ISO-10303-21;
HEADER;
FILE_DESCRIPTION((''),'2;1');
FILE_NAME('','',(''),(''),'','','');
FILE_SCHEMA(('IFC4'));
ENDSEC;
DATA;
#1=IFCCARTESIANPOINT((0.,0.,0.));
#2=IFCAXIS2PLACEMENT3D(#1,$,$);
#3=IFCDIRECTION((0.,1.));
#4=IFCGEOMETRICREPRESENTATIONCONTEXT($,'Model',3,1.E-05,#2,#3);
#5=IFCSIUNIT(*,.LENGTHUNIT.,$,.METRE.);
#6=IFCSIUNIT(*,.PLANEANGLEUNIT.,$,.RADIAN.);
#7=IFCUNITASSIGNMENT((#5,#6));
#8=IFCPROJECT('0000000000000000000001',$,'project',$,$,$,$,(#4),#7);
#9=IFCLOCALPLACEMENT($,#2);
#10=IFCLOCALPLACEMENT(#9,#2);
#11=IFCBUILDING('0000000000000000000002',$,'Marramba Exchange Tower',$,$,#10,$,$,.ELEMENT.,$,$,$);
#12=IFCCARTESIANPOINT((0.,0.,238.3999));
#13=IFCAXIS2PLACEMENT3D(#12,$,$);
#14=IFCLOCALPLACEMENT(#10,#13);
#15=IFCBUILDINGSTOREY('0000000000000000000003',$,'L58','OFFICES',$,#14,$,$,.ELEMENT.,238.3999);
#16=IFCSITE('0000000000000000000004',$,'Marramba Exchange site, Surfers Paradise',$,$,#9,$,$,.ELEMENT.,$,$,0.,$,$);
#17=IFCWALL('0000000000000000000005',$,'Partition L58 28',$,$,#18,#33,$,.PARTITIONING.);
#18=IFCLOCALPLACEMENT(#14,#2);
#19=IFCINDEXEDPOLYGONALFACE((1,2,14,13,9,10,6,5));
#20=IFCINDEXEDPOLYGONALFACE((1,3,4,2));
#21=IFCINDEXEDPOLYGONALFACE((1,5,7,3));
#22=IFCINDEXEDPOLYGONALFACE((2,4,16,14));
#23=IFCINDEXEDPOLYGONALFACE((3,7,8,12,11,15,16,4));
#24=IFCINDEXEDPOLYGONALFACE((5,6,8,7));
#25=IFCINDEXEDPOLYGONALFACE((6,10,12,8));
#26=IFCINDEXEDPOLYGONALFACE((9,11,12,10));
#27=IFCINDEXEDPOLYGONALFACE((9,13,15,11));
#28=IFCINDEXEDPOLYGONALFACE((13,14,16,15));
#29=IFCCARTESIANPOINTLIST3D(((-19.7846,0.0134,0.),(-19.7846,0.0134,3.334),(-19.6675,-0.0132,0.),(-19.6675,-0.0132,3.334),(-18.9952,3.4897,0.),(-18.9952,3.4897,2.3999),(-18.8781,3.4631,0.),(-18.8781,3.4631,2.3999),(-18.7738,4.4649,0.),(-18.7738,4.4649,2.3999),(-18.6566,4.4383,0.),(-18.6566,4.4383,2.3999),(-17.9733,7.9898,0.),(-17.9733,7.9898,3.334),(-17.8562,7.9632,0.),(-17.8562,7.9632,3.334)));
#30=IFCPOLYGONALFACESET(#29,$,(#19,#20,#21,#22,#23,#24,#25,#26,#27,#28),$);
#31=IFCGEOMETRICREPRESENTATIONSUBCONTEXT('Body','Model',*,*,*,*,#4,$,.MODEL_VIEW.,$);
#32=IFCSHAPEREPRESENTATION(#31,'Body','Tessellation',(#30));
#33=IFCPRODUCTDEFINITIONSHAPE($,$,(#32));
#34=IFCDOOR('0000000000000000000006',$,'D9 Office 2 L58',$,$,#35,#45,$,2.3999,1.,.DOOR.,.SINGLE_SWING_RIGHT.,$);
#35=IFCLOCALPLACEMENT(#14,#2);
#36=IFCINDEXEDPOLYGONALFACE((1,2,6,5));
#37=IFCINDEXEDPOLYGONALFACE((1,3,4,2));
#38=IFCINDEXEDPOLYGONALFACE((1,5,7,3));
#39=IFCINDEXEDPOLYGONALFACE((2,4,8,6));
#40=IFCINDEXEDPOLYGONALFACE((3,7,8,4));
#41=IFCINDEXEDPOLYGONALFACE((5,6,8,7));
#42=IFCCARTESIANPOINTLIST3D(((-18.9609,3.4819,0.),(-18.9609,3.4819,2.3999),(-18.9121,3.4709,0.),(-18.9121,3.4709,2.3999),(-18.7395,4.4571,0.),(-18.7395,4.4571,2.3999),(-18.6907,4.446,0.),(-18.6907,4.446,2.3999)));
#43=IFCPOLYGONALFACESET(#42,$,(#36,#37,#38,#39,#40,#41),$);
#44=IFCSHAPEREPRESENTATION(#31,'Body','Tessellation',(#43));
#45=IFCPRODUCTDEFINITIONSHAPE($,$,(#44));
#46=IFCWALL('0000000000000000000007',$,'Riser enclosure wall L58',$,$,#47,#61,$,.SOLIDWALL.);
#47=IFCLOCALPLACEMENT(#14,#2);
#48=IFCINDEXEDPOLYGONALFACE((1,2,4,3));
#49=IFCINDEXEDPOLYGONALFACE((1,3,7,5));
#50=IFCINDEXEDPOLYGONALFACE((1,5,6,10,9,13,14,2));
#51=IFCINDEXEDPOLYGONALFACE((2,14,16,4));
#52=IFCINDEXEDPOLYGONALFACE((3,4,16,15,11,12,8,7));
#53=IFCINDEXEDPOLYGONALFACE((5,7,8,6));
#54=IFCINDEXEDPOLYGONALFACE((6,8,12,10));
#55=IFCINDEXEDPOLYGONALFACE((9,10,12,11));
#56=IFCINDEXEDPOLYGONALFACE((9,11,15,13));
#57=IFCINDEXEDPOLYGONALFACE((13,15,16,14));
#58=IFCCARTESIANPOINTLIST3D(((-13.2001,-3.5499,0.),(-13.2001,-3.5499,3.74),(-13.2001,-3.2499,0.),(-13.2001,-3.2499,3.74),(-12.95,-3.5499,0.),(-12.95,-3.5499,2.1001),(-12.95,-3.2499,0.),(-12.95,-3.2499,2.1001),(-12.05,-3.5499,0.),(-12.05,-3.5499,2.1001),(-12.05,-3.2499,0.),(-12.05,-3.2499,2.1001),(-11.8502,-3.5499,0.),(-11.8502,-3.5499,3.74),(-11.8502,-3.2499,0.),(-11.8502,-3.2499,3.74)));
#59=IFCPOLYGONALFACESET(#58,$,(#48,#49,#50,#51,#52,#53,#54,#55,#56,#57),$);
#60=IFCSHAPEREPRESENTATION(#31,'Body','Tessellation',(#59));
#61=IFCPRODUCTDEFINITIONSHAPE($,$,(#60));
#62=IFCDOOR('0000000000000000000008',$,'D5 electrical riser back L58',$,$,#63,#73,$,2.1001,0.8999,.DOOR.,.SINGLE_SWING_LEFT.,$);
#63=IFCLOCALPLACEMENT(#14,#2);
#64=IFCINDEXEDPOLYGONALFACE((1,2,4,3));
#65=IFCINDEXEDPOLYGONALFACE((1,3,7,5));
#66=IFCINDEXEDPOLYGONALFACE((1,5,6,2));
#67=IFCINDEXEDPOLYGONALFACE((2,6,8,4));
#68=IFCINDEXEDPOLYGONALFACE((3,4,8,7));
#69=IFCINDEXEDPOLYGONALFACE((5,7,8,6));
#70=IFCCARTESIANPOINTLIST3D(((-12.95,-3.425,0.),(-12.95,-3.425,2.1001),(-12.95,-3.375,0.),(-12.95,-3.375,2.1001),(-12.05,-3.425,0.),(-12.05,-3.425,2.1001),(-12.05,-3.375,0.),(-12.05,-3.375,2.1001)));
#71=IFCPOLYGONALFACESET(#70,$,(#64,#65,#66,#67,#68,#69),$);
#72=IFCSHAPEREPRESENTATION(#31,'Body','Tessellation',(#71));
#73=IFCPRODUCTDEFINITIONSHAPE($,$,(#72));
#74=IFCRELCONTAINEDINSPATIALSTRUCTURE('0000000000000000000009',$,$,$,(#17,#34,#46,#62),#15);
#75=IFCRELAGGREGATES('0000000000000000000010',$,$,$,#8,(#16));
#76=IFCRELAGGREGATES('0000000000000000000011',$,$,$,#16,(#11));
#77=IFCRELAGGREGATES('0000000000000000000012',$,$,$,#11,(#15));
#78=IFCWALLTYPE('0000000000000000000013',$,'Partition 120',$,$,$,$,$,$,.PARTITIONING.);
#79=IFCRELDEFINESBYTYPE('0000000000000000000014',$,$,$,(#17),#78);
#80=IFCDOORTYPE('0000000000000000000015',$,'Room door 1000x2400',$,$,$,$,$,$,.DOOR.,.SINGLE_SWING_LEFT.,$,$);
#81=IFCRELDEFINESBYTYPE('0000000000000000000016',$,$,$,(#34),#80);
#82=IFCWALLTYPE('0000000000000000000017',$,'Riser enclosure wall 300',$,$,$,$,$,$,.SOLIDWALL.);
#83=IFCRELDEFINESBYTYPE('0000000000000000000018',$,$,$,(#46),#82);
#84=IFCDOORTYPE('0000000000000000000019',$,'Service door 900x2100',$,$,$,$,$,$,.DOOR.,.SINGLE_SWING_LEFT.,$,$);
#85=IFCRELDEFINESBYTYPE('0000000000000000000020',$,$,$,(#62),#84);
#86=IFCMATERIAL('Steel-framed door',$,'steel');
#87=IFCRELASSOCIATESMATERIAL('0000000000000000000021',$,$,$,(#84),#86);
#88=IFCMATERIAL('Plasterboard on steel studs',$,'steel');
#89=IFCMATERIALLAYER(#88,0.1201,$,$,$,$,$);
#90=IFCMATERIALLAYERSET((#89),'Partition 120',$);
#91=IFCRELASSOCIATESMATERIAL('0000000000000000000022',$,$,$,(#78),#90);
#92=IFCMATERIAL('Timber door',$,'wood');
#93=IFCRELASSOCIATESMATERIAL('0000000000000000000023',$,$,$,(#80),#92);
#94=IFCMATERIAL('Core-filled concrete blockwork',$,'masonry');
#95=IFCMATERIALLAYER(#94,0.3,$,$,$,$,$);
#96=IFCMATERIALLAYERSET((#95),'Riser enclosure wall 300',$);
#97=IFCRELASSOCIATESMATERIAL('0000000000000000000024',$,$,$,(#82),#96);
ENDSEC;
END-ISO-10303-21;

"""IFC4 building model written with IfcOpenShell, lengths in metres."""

from ifc_helpers import new_model, si_unit, direction, frame, frame_2d, origin, place, context, subcontext, project, spatial, rectangle, extrude, material, layer, layer_set, type_object, element, fill, save


model = new_model("IFC4")

# Units and contexts
model_context = context("Model", 3, precision=1e-05, world=origin(), true_north=direction((0.0, 1.0)))
body_context = subcontext(model_context, "Body", "Model", "MODEL_VIEW")
ifc_project = project(units=[si_unit("LENGTHUNIT", "METRE"), si_unit("PLANEANGLEUNIT", "RADIAN")], contexts=[model_context])

# Site, building, storey
site_placement = place(None, origin())
site = spatial("IfcSite", under=ifc_project, at=site_placement, Name="Marramba Exchange site, Surfers Paradise", CompositionType="ELEMENT", RefElevation=0.0)
building_placement = place(site_placement, origin())
building = spatial("IfcBuilding", under=site, at=building_placement, Name="Marramba Exchange Tower", CompositionType="ELEMENT")
storey_placement = place(building_placement, frame((0.0, 0.0, 238.3999)))
storey = spatial("IfcBuildingStorey", under=building, at=storey_placement, Name="L58", Description="OFFICES", CompositionType="ELEMENT", Elevation=238.3999)

# Shared definitions
ifc_material_1 = material(Name="Steel-framed door", Category="steel")
door_type_1 = type_object("IfcDoorType", Name="Service door 900x2100", OperationType="SINGLE_SWING_LEFT", PredefinedType="DOOR", material=ifc_material_1)

# Walls, openings, doors
ifc_material_2 = material(Name="Plasterboard on steel studs", Category="steel")
ifc_layer_1 = layer(ifc_material_2, 0.1201)
ifc_layer_set_1 = layer_set([ifc_layer_1], Name="Partition 120")
wall_type_1 = type_object("IfcWallType", Name="Partition 120", PredefinedType="PARTITIONING", material=ifc_layer_set_1)
wall_1_placement = place(storey_placement, frame((-19.7261, 0.0, 0.0), z_axis=(0.0, 0.0, 1.0), x_axis=(0.221444, 0.975173, 0.0)))
wall_1 = element("IfcWall", 1, at=wall_1_placement, inside=storey, type_object=wall_type_1, Name="Partition L58 28", PredefinedType="PARTITIONING", context=body_context, shape_type="SweptSolid", body=[
    extrude(rectangle(XDim=8.1794, YDim=0.1201, at=frame_2d((4.0898, 0.0))), origin(), (0.0, 0.0, 1.0), 3.334),
])
opening_1_placement = place(wall_1_placement, frame((3.5649, 0.0, 0.0)))
opening_1 = element("IfcOpeningElement", 2, at=opening_1_placement, cuts=wall_1, PredefinedType="OPENING", context=body_context, shape_type="SweptSolid", body=[
    extrude(rectangle(XDim=1.0, YDim=2.3999, at=frame_2d((0.5, 1.2))), frame((0.0, 0.0701, 0.0), z_axis=(0.0, -1.0, 0.0), x_axis=(1.0, 0.0, 0.0)), (0.0, 0.0, 1.0), 0.1401),
])
ifc_material_3 = material(Name="Timber door", Category="wood")
door_type_2 = type_object("IfcDoorType", Name="Room door 1000x2400", OperationType="SINGLE_SWING_LEFT", PredefinedType="DOOR", material=ifc_material_3)
door_1_placement = place(opening_1_placement, origin())
door_1 = element("IfcDoor", 3, at=door_1_placement, inside=storey, type_object=door_type_2, Name="D9 Office 2 L58", OperationType="SINGLE_SWING_RIGHT", OverallHeight=2.3999, OverallWidth=1.0, PredefinedType="DOOR", context=body_context, shape_type="SweptSolid", body=[
    extrude(rectangle(XDim=1.0, YDim=2.3999, at=frame_2d((0.5, 1.2))), frame((0.0, 0.0249, 0.0), z_axis=(0.0, -1.0, 0.0), x_axis=(1.0, 0.0, 0.0)), (0.0, 0.0, 1.0), 0.05),
])
fill(opening_1, door_1)
ifc_material_4 = material(Name="Core-filled concrete blockwork", Category="masonry")
ifc_layer_2 = layer(ifc_material_4, 0.3)
ifc_layer_set_2 = layer_set([ifc_layer_2], Name="Riser enclosure wall 300")
wall_type_2 = type_object("IfcWallType", Name="Riser enclosure wall 300", PredefinedType="SOLIDWALL", material=ifc_layer_set_2)
wall_2_placement = place(storey_placement, frame((-13.2, -3.3999, 0.0), z_axis=(0.0, 0.0, 1.0), x_axis=(1.0, 0.0, 0.0)))
wall_2 = element("IfcWall", 4, at=wall_2_placement, inside=storey, type_object=wall_type_2, Name="Riser enclosure wall L58", PredefinedType="SOLIDWALL", context=body_context, shape_type="SweptSolid", body=[
    extrude(rectangle(XDim=1.3499, YDim=0.3, at=frame_2d((0.6748, 0.0))), origin(), (0.0, 0.0, 1.0), 3.74),
])
opening_2_placement = place(wall_2_placement, frame((0.25, 0.0, 0.0)))
opening_2 = element("IfcOpeningElement", 5, at=opening_2_placement, cuts=wall_2, PredefinedType="OPENING", context=body_context, shape_type="SweptSolid", body=[
    extrude(rectangle(XDim=0.8999, YDim=2.1001, at=frame_2d((0.45, 1.05))), frame((0.0, 0.1599, 0.0), z_axis=(0.0, -1.0, 0.0), x_axis=(1.0, 0.0, 0.0)), (0.0, 0.0, 1.0), 0.3201),
])
door_2_placement = place(opening_2_placement, frame((0.8999, 0.0, 0.0), z_axis=(0.0, 0.0, 1.0), x_axis=(-1.0, 0.0, 0.0)))
door_2 = element("IfcDoor", 6, at=door_2_placement, inside=storey, type_object=door_type_1, Name="D5 electrical riser back L58", OperationType="SINGLE_SWING_LEFT", OverallHeight=2.1001, OverallWidth=0.8999, PredefinedType="DOOR", context=body_context, shape_type="SweptSolid", body=[
    extrude(rectangle(XDim=0.8999, YDim=2.1001, at=frame_2d((0.45, 1.05))), frame((0.0, 0.0251, 0.0), z_axis=(0.0, -1.0, 0.0), x_axis=(1.0, 0.0, 0.0)), (0.0, 0.0, 1.0), 0.05),
])
fill(opening_2, door_2)

save(model, "model.ifc")
